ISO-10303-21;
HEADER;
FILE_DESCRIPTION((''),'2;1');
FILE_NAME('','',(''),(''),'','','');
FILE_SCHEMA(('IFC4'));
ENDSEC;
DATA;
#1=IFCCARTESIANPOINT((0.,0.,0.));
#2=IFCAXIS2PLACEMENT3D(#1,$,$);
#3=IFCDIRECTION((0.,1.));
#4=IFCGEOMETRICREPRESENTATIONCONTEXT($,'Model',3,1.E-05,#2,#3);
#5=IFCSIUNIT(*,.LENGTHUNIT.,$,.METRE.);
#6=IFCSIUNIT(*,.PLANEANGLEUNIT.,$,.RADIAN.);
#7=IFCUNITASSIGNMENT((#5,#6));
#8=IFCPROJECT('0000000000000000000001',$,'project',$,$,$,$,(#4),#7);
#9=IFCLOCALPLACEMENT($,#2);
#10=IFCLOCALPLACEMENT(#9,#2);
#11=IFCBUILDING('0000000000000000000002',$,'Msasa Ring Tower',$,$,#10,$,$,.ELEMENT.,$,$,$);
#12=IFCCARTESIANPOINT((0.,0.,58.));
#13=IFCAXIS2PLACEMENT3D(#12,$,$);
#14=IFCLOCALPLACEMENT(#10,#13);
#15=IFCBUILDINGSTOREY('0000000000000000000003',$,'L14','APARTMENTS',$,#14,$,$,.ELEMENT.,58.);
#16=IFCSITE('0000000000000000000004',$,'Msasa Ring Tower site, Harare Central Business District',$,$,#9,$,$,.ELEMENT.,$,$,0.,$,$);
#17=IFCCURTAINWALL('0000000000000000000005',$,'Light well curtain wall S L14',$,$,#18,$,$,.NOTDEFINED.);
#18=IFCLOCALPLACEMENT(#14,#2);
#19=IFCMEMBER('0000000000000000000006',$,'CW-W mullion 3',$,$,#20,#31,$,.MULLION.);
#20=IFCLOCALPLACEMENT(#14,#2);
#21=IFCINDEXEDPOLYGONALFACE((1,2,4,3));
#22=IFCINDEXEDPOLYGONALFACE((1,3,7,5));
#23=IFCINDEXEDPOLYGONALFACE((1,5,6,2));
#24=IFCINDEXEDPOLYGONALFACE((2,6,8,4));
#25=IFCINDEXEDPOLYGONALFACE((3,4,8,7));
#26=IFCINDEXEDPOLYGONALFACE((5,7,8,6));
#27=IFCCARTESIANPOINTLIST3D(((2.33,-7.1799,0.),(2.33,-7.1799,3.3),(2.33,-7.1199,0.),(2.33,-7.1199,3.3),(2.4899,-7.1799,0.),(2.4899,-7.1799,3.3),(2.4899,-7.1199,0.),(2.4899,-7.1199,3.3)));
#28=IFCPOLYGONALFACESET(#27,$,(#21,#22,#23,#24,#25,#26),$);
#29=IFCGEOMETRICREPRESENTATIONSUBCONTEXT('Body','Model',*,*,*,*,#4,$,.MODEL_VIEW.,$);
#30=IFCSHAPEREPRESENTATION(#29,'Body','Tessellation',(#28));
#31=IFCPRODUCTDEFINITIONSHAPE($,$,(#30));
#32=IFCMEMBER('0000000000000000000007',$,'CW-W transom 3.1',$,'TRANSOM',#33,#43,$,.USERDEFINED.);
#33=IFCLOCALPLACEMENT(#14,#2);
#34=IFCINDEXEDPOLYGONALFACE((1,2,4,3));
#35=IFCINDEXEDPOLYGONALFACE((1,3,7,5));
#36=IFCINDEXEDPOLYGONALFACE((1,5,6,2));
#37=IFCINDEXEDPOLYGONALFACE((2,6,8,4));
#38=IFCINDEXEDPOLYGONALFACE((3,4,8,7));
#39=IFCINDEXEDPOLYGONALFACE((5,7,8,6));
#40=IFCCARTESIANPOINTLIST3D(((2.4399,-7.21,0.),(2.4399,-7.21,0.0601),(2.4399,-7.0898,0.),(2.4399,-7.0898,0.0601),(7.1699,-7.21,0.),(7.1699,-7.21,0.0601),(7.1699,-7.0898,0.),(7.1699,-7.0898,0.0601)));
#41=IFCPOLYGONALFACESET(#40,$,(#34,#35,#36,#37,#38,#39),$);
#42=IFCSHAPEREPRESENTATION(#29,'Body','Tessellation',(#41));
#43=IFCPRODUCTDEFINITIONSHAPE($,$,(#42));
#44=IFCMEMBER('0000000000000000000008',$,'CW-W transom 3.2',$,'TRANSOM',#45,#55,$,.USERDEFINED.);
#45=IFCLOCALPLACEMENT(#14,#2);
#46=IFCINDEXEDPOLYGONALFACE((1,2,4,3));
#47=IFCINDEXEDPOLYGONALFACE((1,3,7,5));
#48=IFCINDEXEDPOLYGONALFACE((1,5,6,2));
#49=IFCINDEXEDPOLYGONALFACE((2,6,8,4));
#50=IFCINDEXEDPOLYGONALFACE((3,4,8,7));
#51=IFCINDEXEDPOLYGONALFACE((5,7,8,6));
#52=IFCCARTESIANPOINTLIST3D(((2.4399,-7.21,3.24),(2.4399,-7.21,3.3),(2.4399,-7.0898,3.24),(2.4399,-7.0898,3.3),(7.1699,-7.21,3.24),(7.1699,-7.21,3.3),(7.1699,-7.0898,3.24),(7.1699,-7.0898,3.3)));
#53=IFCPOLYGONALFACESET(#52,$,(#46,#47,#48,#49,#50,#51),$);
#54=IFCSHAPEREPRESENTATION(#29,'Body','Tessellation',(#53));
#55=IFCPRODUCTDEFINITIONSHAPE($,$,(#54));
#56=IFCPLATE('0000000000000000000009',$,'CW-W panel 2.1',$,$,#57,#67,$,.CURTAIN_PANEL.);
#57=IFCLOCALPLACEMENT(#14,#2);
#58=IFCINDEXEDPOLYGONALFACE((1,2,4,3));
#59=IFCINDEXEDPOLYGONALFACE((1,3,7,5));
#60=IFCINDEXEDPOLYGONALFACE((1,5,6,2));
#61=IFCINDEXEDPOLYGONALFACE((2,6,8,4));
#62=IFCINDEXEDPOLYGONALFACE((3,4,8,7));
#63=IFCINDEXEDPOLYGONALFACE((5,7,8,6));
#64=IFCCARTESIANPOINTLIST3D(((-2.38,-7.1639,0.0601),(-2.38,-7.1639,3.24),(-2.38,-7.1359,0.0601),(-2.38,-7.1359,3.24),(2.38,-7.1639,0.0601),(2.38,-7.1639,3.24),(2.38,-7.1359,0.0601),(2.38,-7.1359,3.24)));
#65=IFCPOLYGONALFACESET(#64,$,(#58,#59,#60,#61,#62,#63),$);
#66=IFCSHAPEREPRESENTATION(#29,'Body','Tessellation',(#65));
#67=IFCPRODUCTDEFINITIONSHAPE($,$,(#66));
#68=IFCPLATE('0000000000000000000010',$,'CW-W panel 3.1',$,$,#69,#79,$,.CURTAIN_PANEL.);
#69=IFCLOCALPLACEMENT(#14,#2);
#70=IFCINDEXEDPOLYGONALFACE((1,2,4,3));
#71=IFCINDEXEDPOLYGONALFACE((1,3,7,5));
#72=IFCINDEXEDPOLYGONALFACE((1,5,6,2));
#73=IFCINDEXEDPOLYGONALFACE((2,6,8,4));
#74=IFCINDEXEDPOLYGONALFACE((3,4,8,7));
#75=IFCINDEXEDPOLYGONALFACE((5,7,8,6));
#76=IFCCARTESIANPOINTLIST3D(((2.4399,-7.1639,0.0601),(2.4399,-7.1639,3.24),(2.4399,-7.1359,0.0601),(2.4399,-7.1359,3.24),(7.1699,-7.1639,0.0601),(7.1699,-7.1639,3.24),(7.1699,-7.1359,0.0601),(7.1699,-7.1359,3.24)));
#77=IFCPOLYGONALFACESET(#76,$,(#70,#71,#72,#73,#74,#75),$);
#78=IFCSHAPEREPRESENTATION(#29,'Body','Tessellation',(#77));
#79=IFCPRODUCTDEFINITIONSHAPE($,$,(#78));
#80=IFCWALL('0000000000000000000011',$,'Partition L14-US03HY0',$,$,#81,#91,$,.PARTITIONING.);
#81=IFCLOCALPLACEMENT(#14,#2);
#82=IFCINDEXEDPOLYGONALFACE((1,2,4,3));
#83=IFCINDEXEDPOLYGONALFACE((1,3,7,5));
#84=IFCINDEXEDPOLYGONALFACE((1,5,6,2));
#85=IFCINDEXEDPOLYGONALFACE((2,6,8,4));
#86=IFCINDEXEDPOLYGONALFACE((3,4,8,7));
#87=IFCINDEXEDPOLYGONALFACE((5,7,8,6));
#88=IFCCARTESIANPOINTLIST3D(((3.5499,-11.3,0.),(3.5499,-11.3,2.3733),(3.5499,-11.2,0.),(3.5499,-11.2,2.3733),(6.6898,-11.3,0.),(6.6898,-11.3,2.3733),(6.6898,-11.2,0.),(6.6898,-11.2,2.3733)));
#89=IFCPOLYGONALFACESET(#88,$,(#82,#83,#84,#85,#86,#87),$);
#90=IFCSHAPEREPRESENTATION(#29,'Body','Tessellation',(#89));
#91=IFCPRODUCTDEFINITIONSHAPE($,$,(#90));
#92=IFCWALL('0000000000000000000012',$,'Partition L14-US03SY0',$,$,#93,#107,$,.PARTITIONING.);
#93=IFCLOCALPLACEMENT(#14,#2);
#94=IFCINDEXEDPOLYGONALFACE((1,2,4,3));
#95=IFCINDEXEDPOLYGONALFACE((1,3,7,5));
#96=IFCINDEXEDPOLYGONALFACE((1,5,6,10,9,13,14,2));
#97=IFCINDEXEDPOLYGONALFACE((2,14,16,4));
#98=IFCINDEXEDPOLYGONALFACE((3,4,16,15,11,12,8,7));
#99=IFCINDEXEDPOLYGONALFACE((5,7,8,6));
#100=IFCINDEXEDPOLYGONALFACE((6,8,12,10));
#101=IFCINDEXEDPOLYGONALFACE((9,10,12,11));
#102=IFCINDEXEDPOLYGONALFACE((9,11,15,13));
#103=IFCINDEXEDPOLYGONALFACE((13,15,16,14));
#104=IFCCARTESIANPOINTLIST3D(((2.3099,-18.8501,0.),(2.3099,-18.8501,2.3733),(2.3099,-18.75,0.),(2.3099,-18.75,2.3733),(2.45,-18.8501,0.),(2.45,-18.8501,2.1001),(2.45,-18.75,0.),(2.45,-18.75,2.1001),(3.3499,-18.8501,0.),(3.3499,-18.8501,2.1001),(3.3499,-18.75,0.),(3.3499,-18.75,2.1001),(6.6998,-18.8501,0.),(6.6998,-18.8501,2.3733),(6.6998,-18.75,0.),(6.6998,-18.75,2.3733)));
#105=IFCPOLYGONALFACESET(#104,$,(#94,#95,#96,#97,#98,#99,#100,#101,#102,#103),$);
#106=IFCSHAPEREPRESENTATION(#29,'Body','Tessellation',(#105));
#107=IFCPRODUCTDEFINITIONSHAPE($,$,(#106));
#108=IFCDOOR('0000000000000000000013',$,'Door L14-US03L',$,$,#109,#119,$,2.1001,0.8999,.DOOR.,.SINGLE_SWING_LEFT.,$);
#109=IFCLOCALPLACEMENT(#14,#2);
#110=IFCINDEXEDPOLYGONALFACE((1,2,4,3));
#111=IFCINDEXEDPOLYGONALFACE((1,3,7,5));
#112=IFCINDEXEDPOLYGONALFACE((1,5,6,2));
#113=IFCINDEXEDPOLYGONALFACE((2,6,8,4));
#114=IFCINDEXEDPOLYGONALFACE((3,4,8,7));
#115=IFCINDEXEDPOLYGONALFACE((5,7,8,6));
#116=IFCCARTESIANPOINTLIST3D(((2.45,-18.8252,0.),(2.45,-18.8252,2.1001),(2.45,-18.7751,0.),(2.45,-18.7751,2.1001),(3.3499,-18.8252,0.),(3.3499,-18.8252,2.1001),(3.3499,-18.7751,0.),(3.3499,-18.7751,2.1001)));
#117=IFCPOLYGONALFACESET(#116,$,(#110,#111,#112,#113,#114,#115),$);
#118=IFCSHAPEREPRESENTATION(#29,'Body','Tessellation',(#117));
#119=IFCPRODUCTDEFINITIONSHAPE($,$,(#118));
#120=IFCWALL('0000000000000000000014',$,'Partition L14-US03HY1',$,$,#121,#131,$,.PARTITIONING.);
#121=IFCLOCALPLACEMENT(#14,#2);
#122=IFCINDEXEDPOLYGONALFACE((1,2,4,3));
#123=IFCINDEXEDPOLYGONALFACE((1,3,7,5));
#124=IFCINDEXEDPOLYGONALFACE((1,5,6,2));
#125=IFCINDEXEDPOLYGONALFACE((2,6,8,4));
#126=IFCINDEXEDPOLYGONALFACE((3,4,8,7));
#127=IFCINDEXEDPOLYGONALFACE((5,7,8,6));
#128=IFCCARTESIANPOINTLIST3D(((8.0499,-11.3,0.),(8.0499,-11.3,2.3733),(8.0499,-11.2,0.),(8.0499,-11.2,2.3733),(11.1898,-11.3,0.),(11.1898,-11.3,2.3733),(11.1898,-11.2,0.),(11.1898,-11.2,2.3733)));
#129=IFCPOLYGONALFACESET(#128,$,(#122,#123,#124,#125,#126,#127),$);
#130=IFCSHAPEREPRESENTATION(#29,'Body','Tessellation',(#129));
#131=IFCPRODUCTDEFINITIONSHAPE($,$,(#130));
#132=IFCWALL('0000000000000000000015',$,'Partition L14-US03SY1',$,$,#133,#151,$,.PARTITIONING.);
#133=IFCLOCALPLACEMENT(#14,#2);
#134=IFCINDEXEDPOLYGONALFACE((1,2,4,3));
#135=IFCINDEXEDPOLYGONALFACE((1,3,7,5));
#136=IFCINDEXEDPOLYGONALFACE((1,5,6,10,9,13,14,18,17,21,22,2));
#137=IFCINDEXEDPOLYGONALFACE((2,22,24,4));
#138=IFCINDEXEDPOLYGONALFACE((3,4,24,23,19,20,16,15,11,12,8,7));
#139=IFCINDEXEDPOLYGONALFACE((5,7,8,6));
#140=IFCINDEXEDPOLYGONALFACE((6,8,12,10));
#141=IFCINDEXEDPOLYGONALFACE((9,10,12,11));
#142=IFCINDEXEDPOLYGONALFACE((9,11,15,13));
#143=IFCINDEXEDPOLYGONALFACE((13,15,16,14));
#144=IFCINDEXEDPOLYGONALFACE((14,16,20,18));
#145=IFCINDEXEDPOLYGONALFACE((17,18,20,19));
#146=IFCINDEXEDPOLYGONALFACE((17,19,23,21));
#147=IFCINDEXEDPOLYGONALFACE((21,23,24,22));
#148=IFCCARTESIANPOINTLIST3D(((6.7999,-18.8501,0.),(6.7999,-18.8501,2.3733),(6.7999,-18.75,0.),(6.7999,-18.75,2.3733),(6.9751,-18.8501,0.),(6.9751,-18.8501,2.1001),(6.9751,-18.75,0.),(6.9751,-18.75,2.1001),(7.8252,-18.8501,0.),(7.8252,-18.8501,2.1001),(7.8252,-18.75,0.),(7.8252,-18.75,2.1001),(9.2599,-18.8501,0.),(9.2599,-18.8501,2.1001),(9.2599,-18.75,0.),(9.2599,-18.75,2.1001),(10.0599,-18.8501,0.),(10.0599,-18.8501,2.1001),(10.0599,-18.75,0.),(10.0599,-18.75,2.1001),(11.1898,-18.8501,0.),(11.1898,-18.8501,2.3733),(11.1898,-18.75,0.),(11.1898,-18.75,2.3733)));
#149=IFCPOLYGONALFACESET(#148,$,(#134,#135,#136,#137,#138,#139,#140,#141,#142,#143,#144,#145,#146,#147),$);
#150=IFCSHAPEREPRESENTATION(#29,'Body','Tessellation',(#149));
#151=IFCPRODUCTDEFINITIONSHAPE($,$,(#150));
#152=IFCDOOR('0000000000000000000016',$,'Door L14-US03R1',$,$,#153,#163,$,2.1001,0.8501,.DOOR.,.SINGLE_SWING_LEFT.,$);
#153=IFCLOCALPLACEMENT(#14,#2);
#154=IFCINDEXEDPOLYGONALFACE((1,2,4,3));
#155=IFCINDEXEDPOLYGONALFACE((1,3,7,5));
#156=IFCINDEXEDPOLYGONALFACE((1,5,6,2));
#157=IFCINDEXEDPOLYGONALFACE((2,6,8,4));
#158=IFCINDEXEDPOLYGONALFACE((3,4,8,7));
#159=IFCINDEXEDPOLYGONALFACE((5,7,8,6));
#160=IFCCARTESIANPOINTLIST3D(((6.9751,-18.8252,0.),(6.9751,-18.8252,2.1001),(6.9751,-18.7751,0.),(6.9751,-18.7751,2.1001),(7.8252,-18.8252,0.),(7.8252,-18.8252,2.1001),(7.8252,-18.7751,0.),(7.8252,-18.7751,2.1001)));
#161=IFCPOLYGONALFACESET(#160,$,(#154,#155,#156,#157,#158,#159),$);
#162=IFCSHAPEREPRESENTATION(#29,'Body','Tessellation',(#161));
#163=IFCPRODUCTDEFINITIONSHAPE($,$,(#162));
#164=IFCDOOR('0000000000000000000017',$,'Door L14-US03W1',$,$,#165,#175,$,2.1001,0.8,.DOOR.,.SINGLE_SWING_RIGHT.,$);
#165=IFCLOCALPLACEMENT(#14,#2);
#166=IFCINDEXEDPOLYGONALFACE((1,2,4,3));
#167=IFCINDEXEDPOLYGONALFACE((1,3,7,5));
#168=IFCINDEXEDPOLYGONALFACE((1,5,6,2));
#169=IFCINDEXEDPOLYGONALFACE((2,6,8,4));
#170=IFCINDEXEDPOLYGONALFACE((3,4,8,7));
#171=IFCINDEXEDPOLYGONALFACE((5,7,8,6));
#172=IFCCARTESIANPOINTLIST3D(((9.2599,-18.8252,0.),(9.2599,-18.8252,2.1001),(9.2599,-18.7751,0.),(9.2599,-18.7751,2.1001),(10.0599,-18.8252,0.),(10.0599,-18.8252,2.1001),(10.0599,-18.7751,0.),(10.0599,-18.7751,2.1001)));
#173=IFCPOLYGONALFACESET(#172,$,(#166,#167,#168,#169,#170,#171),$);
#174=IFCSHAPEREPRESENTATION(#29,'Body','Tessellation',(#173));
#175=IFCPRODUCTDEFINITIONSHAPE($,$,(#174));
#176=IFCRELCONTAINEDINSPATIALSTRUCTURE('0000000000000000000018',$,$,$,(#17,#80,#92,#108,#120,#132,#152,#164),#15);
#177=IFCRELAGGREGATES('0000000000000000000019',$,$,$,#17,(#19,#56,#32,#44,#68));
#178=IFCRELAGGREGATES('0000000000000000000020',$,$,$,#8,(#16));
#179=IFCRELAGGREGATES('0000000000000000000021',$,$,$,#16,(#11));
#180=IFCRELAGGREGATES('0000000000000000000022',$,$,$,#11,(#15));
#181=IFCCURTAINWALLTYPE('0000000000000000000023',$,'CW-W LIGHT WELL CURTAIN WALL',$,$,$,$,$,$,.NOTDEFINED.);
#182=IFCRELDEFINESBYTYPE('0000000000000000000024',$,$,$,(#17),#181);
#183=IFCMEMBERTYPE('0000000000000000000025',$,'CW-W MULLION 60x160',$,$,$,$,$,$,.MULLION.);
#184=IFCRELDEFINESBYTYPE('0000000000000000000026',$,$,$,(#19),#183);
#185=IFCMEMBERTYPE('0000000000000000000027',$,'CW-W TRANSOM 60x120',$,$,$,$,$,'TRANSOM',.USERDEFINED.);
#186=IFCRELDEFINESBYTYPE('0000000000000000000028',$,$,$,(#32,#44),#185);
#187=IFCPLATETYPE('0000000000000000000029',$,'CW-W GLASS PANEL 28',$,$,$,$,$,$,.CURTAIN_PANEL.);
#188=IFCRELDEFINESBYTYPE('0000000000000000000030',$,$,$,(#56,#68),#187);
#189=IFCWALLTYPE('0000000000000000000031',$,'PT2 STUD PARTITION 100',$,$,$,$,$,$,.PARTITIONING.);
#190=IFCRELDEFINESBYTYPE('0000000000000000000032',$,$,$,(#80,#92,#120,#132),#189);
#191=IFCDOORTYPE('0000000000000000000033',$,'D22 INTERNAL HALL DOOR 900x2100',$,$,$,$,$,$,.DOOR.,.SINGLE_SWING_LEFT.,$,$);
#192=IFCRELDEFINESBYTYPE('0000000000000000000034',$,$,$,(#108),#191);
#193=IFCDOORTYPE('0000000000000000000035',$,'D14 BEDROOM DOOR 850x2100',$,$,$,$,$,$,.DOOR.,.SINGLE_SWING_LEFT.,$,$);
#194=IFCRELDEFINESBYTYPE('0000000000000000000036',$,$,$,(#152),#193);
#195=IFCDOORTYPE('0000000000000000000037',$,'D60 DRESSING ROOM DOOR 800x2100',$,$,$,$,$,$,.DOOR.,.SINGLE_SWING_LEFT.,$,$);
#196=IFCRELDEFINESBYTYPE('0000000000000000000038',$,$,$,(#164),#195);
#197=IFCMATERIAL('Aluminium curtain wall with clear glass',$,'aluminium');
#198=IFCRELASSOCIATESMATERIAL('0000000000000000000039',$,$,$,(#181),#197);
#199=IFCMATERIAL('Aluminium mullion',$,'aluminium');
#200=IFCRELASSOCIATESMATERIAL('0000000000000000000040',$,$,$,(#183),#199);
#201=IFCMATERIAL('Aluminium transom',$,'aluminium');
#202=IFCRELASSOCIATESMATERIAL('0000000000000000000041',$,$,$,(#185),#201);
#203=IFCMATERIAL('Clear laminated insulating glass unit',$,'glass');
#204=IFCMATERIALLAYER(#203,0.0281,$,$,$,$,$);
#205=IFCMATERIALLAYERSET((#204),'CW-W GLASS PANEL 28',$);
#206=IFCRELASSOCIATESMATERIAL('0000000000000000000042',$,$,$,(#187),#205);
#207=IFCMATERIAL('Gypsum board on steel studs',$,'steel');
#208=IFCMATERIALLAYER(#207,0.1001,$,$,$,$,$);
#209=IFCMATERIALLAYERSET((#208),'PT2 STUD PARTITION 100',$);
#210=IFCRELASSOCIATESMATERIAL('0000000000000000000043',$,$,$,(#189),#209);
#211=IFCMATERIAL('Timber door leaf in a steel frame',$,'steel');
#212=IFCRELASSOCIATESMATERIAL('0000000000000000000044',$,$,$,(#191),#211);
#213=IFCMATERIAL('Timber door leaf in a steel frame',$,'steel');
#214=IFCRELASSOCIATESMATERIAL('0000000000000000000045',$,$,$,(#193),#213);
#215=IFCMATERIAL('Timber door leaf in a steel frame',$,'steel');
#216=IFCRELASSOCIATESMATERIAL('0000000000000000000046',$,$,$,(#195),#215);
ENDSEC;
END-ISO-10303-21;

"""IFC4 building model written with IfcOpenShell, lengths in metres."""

from ifc_helpers import new_model, si_unit, direction, frame, frame_2d, origin, origin_2d, place, context, subcontext, project, spatial, rectangle, extrude, material, layer, layer_set, material_profile, profile_set, type_object, element, fill, aggregate, save


model = new_model("IFC4")

# Units and contexts
model_context = context("Model", 3, precision=1e-05, world=origin(), true_north=direction((0.0, 1.0)))
body_context = subcontext(model_context, "Body", "Model", "MODEL_VIEW")
ifc_project = project(units=[si_unit("LENGTHUNIT", "METRE"), si_unit("PLANEANGLEUNIT", "RADIAN")], contexts=[model_context])

# Site, building, storey
site_placement = place(None, origin())
site = spatial("IfcSite", under=ifc_project, at=site_placement, Name="Msasa Ring Tower site, Harare Central Business District", CompositionType="ELEMENT", RefElevation=0.0)
building_placement = place(site_placement, origin())
building = spatial("IfcBuilding", under=site, at=building_placement, Name="Msasa Ring Tower", CompositionType="ELEMENT")
storey_placement = place(building_placement, frame((0.0, 0.0, 58.0)))
storey = spatial("IfcBuildingStorey", under=building, at=storey_placement, Name="L14", Description="APARTMENTS", CompositionType="ELEMENT", Elevation=58.0)

# Curtain wall, members, plates
ifc_material_1 = material(Name="Aluminium curtain wall with clear glass", Category="aluminium")
curtain_wall_type = type_object("IfcCurtainWallType", Name="CW-W LIGHT WELL CURTAIN WALL", PredefinedType="NOTDEFINED", material=ifc_material_1)
curtain_wall_placement = place(storey_placement, origin())
curtain_wall = element("IfcCurtainWall", 1, at=curtain_wall_placement, inside=storey, type_object=curtain_wall_type, Name="Light well curtain wall S L14", PredefinedType="NOTDEFINED")
ifc_material_2 = material(Name="Aluminium mullion", Category="aluminium")
ifc_material_profile_1 = material_profile(ifc_material_2, rectangle(XDim=0.0601, YDim=0.1599, at=origin_2d()), Name="AL 60x160")
ifc_profile_set_1 = profile_set([ifc_material_profile_1], Name="Aluminium mullion")
member_type_1 = type_object("IfcMemberType", Name="CW-W MULLION 60x160", PredefinedType="MULLION", material=ifc_profile_set_1)
member_1_placement = place(storey_placement, frame((2.4099, -7.1499, 0.0), z_axis=(0.0, 0.0, 1.0), x_axis=(0.0, 1.0, 0.0)))
member_1 = element("IfcMember", 2, at=member_1_placement, type_object=member_type_1, Name="CW-W mullion 3", PredefinedType="MULLION", context=body_context, shape_type="SweptSolid", body=[
    extrude(rectangle(XDim=0.0601, YDim=0.1599, at=origin_2d()), origin(), (0.0, 0.0, 1.0), 3.3),
])
ifc_material_3 = material(Name="Aluminium transom", Category="aluminium")
ifc_material_profile_2 = material_profile(ifc_material_3, rectangle(XDim=0.1201, YDim=0.0601, at=origin_2d()), Name="AL 60x120")
ifc_profile_set_2 = profile_set([ifc_material_profile_2], Name="Aluminium transom")
member_type_2 = type_object("IfcMemberType", Name="CW-W TRANSOM 60x120", ElementType="TRANSOM", PredefinedType="USERDEFINED", material=ifc_profile_set_2)
member_2_placement = place(storey_placement, frame((2.4399, -7.1499, 0.03), z_axis=(1.0, 0.0, 0.0), x_axis=(0.0, 1.0, 0.0)))
member_2 = element("IfcMember", 3, at=member_2_placement, type_object=member_type_2, Name="CW-W transom 3.1", ObjectType="TRANSOM", PredefinedType="USERDEFINED", context=body_context, shape_type="SweptSolid", body=[
    extrude(rectangle(XDim=0.1201, YDim=0.0601, at=origin_2d()), origin(), (0.0, 0.0, 1.0), 4.73),
])
member_3_placement = place(storey_placement, frame((2.4399, -7.1499, 3.27), z_axis=(1.0, 0.0, 0.0), x_axis=(0.0, 1.0, 0.0)))
member_3 = element("IfcMember", 4, at=member_3_placement, type_object=member_type_2, Name="CW-W transom 3.2", ObjectType="TRANSOM", PredefinedType="USERDEFINED", context=body_context, shape_type="SweptSolid", body=[
    extrude(rectangle(XDim=0.1201, YDim=0.0601, at=origin_2d()), origin(), (0.0, 0.0, 1.0), 4.73),
])
ifc_material_4 = material(Name="Clear laminated insulating glass unit", Category="glass")
ifc_layer_1 = layer(ifc_material_4, 0.0281)
ifc_layer_set_1 = layer_set([ifc_layer_1], Name="CW-W GLASS PANEL 28")
plate_type = type_object("IfcPlateType", Name="CW-W GLASS PANEL 28", PredefinedType="CURTAIN_PANEL", material=ifc_layer_set_1)
plate_1_placement = place(storey_placement, frame((0.0, -7.1499, 0.0601), z_axis=(0.0, 0.0, 1.0), x_axis=(1.0, 0.0, 0.0)))
plate_1 = element("IfcPlate", 5, at=plate_1_placement, type_object=plate_type, Name="CW-W panel 2.1", PredefinedType="CURTAIN_PANEL", context=body_context, shape_type="SweptSolid", body=[
    extrude(rectangle(XDim=4.76, YDim=0.0281, at=origin_2d()), origin(), (0.0, 0.0, 1.0), 3.1799),
])
plate_2_placement = place(storey_placement, frame((4.8049, -7.1499, 0.0601), z_axis=(0.0, 0.0, 1.0), x_axis=(1.0, 0.0, 0.0)))
plate_2 = element("IfcPlate", 6, at=plate_2_placement, type_object=plate_type, Name="CW-W panel 3.1", PredefinedType="CURTAIN_PANEL", context=body_context, shape_type="SweptSolid", body=[
    extrude(rectangle(XDim=4.73, YDim=0.0281, at=origin_2d()), origin(), (0.0, 0.0, 1.0), 3.1799),
])
aggregate(curtain_wall, [member_1, plate_1, member_2, member_3, plate_2])

# Wall
ifc_material_5 = material(Name="Gypsum board on steel studs", Category="steel")
ifc_layer_2 = layer(ifc_material_5, 0.1001)
ifc_layer_set_2 = layer_set([ifc_layer_2], Name="PT2 STUD PARTITION 100")
wall_type_1 = type_object("IfcWallType", Name="PT2 STUD PARTITION 100", PredefinedType="PARTITIONING", material=ifc_layer_set_2)
wall_1_placement = place(storey_placement, frame((3.55, -11.25, 0.0), z_axis=(0.0, 0.0, 1.0), x_axis=(1.0, 0.0, 0.0)))
element("IfcWall", 7, at=wall_1_placement, inside=storey, type_object=wall_type_1, Name="Partition L14-US03HY0", PredefinedType="PARTITIONING", context=body_context, shape_type="SweptSolid", body=[
    extrude(rectangle(XDim=3.1399, YDim=0.1001, at=frame_2d((1.5698, 0.0))), origin(), (0.0, 0.0, 1.0), 2.3733),
])

# Wall, opening, door
wall_2_placement = place(storey_placement, frame((2.3101, -18.8, 0.0), z_axis=(0.0, 0.0, 1.0), x_axis=(1.0, 0.0, 0.0)))
wall_2 = element("IfcWall", 8, at=wall_2_placement, inside=storey, type_object=wall_type_1, Name="Partition L14-US03SY0", PredefinedType="PARTITIONING", context=body_context, shape_type="SweptSolid", body=[
    extrude(rectangle(XDim=4.3899, YDim=0.1001, at=frame_2d((2.1948, 0.0))), origin(), (0.0, 0.0, 1.0), 2.3733),
])
opening_1_placement = place(wall_2_placement, frame((0.1399, 0.0, 0.0)))
opening_1 = element("IfcOpeningElement", 9, at=opening_1_placement, cuts=wall_2, PredefinedType="OPENING", context=body_context, shape_type="SweptSolid", body=[
    extrude(rectangle(XDim=0.8999, YDim=2.1001, at=frame_2d((0.45, 1.05))), frame((0.0, 0.0601, 0.0), z_axis=(0.0, -1.0, 0.0), x_axis=(1.0, 0.0, 0.0)), (0.0, 0.0, 1.0), 0.1201),
])
ifc_material_6 = material(Name="Timber door leaf in a steel frame", Category="steel")
door_type_1 = type_object("IfcDoorType", Name="D22 INTERNAL HALL DOOR 900x2100", OperationType="SINGLE_SWING_LEFT", PredefinedType="DOOR", material=ifc_material_6)
door_1_placement = place(opening_1_placement, origin())
door_1 = element("IfcDoor", 10, at=door_1_placement, inside=storey, type_object=door_type_1, Name="Door L14-US03L", OperationType="SINGLE_SWING_LEFT", OverallHeight=2.1001, OverallWidth=0.8999, PredefinedType="DOOR", context=body_context, shape_type="SweptSolid", body=[
    extrude(rectangle(XDim=0.8999, YDim=2.1001, at=frame_2d((0.45, 1.05))), frame((0.0, 0.0249, 0.0), z_axis=(0.0, -1.0, 0.0), x_axis=(1.0, 0.0, 0.0)), (0.0, 0.0, 1.0), 0.05),
])
fill(opening_1, door_1)

# Wall
wall_3_placement = place(storey_placement, frame((8.05, -11.25, 0.0), z_axis=(0.0, 0.0, 1.0), x_axis=(1.0, 0.0, 0.0)))
element("IfcWall", 11, at=wall_3_placement, inside=storey, type_object=wall_type_1, Name="Partition L14-US03HY1", PredefinedType="PARTITIONING", context=body_context, shape_type="SweptSolid", body=[
    extrude(rectangle(XDim=3.1399, YDim=0.1001, at=frame_2d((1.5698, 0.0))), origin(), (0.0, 0.0, 1.0), 2.3733),
])

# Wall, openings, doors
wall_4_placement = place(storey_placement, frame((6.8, -18.8, 0.0), z_axis=(0.0, 0.0, 1.0), x_axis=(1.0, 0.0, 0.0)))
wall_4 = element("IfcWall", 12, at=wall_4_placement, inside=storey, type_object=wall_type_1, Name="Partition L14-US03SY1", PredefinedType="PARTITIONING", context=body_context, shape_type="SweptSolid", body=[
    extrude(rectangle(XDim=4.3899, YDim=0.1001, at=frame_2d((2.1948, 0.0))), origin(), (0.0, 0.0, 1.0), 2.3733),
])
opening_2_placement = place(wall_4_placement, frame((0.175, 0.0, 0.0)))
opening_2 = element("IfcOpeningElement", 13, at=opening_2_placement, cuts=wall_4, PredefinedType="OPENING", context=body_context, shape_type="SweptSolid", body=[
    extrude(rectangle(XDim=0.8501, YDim=2.1001, at=frame_2d((0.425, 1.05))), frame((0.0, 0.0601, 0.0), z_axis=(0.0, -1.0, 0.0), x_axis=(1.0, 0.0, 0.0)), (0.0, 0.0, 1.0), 0.1201),
])
opening_3_placement = place(wall_4_placement, frame((2.46, 0.0, 0.0)))
opening_3 = element("IfcOpeningElement", 14, at=opening_3_placement, cuts=wall_4, PredefinedType="OPENING", context=body_context, shape_type="SweptSolid", body=[
    extrude(rectangle(XDim=0.8, YDim=2.1001, at=frame_2d((0.3999, 1.05))), frame((0.0, 0.0601, 0.0), z_axis=(0.0, -1.0, 0.0), x_axis=(1.0, 0.0, 0.0)), (0.0, 0.0, 1.0), 0.1201),
])
ifc_material_7 = material(Name="Timber door leaf in a steel frame", Category="steel")
door_type_2 = type_object("IfcDoorType", Name="D14 BEDROOM DOOR 850x2100", OperationType="SINGLE_SWING_LEFT", PredefinedType="DOOR", material=ifc_material_7)
door_2_placement = place(opening_2_placement, origin())
door_2 = element("IfcDoor", 15, at=door_2_placement, inside=storey, type_object=door_type_2, Name="Door L14-US03R1", OperationType="SINGLE_SWING_LEFT", OverallHeight=2.1001, OverallWidth=0.8501, PredefinedType="DOOR", context=body_context, shape_type="SweptSolid", body=[
    extrude(rectangle(XDim=0.8501, YDim=2.1001, at=frame_2d((0.425, 1.05))), frame((0.0, 0.0249, 0.0), z_axis=(0.0, -1.0, 0.0), x_axis=(1.0, 0.0, 0.0)), (0.0, 0.0, 1.0), 0.05),
])
fill(opening_2, door_2)
ifc_material_8 = material(Name="Timber door leaf in a steel frame", Category="steel")
door_type_3 = type_object("IfcDoorType", Name="D60 DRESSING ROOM DOOR 800x2100", OperationType="SINGLE_SWING_LEFT", PredefinedType="DOOR", material=ifc_material_8)
door_3_placement = place(opening_3_placement, origin())
door_3 = element("IfcDoor", 16, at=door_3_placement, inside=storey, type_object=door_type_3, Name="Door L14-US03W1", OperationType="SINGLE_SWING_RIGHT", OverallHeight=2.1001, OverallWidth=0.8, PredefinedType="DOOR", context=body_context, shape_type="SweptSolid", body=[
    extrude(rectangle(XDim=0.8, YDim=2.1001, at=frame_2d((0.3999, 1.05))), frame((0.0, 0.0249, 0.0), z_axis=(0.0, -1.0, 0.0), x_axis=(1.0, 0.0, 0.0)), (0.0, 0.0, 1.0), 0.05),
])
fill(opening_3, door_3)

save(model, "model.ifc")
